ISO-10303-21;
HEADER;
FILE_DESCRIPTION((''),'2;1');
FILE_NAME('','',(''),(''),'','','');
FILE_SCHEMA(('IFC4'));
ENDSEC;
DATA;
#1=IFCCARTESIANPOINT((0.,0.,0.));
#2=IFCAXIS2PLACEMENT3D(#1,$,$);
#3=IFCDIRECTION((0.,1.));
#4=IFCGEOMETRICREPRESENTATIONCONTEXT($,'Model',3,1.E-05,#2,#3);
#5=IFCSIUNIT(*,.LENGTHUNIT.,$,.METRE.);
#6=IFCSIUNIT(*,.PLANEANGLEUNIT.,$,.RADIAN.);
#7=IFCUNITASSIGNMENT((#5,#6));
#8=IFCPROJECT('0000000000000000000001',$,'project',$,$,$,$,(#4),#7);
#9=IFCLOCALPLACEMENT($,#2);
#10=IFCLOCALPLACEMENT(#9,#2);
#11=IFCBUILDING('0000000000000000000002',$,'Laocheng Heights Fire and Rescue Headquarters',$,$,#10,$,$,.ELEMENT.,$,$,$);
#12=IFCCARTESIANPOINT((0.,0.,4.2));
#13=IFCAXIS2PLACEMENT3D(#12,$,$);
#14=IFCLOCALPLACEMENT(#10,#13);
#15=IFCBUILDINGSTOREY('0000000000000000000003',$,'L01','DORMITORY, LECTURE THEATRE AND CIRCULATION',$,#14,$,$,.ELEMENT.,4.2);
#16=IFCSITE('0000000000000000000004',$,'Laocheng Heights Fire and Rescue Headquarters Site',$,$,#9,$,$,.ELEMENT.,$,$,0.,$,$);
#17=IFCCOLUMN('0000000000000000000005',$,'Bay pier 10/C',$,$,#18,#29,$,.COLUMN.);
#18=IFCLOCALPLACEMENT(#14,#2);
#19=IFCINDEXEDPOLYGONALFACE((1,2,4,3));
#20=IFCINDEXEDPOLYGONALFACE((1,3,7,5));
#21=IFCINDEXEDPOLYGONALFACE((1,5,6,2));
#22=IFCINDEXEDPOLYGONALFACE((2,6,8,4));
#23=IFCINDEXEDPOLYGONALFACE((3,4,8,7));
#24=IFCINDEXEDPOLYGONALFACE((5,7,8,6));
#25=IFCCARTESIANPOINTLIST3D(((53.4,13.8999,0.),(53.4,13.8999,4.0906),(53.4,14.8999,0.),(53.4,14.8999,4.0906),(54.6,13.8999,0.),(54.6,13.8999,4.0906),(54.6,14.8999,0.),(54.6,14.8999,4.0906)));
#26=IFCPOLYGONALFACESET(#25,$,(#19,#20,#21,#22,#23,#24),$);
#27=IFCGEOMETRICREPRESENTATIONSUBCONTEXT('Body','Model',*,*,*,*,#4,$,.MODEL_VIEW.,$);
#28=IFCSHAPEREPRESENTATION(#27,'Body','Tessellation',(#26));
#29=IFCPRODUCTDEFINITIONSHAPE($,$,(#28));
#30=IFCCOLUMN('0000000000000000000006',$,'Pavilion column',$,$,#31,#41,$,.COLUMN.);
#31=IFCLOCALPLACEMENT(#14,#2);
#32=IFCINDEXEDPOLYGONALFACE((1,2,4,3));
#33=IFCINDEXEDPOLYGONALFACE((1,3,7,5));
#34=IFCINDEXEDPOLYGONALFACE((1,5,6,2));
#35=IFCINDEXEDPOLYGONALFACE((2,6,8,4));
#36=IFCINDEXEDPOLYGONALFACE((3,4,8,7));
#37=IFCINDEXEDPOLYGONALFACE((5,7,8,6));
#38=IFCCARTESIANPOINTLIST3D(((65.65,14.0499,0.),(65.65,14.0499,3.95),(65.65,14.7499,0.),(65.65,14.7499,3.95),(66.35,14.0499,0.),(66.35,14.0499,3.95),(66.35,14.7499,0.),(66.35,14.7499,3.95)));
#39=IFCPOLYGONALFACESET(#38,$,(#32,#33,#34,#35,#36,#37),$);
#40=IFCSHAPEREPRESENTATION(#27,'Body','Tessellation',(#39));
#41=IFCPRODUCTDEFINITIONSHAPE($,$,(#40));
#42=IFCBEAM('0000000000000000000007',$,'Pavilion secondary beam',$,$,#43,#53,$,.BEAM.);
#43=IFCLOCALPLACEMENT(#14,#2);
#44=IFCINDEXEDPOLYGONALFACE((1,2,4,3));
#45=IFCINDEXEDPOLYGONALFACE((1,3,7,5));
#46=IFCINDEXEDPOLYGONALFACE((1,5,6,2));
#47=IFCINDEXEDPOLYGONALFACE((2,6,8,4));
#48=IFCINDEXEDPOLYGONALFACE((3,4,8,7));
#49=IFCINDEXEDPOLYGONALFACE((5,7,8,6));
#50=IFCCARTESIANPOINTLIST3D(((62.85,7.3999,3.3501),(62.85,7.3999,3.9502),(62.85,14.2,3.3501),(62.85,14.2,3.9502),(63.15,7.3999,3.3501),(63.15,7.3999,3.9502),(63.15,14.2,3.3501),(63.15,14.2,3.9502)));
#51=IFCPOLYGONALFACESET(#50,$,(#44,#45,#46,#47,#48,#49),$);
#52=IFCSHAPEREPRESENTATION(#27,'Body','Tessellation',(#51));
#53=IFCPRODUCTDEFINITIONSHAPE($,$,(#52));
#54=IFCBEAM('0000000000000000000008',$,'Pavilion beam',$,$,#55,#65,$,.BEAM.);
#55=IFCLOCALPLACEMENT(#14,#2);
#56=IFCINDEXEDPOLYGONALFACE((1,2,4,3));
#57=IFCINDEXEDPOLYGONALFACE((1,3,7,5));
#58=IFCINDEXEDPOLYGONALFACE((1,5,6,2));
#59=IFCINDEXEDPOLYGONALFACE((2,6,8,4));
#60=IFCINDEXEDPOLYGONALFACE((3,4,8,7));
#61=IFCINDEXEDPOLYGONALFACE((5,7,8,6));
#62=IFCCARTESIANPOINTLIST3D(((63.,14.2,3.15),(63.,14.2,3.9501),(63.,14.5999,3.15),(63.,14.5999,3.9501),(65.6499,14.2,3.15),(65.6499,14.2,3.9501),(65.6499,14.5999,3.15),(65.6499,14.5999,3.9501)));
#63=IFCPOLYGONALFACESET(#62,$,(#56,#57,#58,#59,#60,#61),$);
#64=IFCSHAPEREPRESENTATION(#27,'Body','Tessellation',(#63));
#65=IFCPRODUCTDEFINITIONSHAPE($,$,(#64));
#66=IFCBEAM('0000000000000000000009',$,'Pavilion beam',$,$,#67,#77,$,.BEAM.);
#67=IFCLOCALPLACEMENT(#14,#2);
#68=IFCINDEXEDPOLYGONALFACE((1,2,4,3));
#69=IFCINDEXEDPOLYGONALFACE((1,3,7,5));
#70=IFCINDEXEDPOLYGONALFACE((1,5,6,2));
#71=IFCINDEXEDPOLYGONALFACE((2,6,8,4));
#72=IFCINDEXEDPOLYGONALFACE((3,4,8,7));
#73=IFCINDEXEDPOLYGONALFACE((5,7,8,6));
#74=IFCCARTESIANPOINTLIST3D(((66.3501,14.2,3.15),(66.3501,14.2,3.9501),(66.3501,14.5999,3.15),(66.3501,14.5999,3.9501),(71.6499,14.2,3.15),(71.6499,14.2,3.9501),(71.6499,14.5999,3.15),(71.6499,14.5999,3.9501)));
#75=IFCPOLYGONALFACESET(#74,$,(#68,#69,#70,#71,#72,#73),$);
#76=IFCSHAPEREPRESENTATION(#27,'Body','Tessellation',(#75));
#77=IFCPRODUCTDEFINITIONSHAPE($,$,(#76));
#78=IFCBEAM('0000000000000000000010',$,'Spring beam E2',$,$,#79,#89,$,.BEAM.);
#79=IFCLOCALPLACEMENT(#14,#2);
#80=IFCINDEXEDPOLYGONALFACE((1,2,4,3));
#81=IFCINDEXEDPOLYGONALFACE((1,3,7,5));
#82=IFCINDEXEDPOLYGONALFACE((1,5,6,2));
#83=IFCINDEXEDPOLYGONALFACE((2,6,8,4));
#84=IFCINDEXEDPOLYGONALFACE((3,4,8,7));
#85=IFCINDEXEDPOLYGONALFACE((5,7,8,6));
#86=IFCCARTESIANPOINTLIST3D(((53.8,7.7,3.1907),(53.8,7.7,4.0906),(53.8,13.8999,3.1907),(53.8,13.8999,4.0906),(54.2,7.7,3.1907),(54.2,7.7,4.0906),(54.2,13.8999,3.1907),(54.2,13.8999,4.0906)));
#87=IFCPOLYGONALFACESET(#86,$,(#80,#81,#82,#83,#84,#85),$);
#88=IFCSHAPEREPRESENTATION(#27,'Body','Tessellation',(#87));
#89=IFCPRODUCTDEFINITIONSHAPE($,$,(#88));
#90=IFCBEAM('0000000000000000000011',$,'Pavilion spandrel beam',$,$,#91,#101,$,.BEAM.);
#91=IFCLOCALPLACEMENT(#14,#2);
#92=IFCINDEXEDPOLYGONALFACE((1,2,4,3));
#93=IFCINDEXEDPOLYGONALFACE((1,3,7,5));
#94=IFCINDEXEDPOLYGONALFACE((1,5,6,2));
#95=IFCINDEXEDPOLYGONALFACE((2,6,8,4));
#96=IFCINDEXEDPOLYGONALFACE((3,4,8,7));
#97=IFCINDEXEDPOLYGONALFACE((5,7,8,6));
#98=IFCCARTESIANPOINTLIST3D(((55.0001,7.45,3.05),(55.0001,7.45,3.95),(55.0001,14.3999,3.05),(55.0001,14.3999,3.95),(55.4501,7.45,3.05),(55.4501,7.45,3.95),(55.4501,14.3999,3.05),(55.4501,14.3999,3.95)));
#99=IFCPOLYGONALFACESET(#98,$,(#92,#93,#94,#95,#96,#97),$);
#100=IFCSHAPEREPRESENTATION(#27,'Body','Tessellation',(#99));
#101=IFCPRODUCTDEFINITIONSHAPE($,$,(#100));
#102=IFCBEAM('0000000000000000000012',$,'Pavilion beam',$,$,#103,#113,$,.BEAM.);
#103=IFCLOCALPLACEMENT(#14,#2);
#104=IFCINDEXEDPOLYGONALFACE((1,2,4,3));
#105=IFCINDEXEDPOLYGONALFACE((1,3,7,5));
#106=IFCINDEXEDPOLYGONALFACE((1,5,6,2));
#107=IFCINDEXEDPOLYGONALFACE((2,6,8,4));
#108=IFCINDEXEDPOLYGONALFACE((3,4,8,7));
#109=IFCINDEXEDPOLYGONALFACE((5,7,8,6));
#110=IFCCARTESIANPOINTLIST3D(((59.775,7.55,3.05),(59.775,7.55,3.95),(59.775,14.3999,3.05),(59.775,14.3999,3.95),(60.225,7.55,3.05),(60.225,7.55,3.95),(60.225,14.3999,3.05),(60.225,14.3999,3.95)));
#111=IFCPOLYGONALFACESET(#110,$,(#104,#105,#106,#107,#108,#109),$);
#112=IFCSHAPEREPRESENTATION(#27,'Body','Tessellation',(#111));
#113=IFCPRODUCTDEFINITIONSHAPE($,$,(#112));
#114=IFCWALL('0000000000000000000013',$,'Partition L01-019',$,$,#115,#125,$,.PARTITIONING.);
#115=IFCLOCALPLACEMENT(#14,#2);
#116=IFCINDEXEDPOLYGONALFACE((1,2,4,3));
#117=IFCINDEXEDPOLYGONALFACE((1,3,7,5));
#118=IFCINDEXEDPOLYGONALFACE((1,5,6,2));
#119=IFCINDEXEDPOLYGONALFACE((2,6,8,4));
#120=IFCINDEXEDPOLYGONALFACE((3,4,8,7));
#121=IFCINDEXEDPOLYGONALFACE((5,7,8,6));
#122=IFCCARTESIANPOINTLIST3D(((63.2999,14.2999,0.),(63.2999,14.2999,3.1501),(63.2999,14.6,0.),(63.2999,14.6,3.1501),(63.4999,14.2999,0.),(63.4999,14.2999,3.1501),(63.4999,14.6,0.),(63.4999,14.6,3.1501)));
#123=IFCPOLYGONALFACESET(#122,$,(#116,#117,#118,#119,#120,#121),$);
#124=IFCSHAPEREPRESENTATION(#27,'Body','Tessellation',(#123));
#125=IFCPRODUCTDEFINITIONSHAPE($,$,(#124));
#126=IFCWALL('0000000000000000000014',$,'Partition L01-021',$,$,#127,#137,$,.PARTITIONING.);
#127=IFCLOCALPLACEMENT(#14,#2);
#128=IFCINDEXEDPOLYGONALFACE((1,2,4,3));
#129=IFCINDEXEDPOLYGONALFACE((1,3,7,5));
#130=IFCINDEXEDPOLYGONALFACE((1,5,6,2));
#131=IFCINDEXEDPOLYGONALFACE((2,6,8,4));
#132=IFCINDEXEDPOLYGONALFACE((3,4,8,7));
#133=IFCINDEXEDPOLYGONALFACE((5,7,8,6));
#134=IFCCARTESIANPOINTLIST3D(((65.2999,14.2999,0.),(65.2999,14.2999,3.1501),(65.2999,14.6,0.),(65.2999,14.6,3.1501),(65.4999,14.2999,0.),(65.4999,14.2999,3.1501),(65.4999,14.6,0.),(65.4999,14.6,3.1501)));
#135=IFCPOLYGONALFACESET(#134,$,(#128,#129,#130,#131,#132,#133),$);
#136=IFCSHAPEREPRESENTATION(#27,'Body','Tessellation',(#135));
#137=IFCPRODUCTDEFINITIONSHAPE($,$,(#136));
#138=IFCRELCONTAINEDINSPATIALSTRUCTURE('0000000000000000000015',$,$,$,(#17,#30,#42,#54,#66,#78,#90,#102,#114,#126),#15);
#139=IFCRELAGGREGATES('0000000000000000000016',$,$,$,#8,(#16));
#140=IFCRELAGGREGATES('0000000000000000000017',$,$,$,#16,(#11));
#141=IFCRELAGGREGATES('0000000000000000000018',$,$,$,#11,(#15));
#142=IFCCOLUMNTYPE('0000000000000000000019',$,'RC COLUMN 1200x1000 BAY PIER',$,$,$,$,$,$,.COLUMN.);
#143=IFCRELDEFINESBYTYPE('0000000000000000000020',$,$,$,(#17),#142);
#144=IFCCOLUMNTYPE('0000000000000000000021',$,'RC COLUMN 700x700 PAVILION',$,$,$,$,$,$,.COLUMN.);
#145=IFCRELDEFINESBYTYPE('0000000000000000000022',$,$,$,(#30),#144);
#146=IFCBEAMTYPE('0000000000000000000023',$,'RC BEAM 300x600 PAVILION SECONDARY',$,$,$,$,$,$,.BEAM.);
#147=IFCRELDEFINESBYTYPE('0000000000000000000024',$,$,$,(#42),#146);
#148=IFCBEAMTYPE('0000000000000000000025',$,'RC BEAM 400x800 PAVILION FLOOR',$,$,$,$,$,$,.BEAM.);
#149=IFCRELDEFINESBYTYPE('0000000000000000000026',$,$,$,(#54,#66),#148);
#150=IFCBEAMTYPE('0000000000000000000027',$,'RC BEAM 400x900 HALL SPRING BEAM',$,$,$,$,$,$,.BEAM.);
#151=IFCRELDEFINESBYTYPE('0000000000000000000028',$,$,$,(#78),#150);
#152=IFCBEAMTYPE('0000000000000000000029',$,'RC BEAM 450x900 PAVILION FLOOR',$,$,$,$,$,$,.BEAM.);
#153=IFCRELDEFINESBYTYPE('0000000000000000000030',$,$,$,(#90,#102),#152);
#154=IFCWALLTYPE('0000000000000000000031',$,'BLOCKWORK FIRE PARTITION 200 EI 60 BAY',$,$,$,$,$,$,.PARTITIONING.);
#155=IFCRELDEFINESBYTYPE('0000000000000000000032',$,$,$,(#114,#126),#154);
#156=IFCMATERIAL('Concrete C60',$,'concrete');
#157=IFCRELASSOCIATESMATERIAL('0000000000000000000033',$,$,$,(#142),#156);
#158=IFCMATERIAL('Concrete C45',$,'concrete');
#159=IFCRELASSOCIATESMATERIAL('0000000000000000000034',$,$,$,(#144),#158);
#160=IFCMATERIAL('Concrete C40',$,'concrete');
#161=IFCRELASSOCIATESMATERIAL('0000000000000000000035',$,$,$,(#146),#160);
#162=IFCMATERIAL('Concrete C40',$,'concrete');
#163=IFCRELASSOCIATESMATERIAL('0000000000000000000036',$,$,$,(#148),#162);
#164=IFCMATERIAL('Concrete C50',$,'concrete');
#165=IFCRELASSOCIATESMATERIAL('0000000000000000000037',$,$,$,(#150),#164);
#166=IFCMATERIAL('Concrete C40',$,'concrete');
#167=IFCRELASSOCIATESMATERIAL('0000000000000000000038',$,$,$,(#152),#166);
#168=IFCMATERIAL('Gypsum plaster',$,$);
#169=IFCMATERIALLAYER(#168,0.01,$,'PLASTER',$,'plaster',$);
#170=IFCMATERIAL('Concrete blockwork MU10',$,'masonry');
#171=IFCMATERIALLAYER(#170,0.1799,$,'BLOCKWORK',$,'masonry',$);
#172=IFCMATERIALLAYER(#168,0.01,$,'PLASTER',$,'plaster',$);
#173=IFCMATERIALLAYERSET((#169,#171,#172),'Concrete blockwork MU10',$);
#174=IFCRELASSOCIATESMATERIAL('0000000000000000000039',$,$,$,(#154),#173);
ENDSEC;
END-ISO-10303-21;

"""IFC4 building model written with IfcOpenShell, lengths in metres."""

from ifc_helpers import new_model, si_unit, direction, frame, frame_2d, origin, origin_2d, place, context, subcontext, project, spatial, rectangle, extrude, material, layer, layer_set, material_profile, profile_set, type_object, element, save


model = new_model("IFC4")

# Units and contexts
model_context = context("Model", 3, precision=1e-05, world=origin(), true_north=direction((0.0, 1.0)))
body_context = subcontext(model_context, "Body", "Model", "MODEL_VIEW")
ifc_project = project(units=[si_unit("LENGTHUNIT", "METRE"), si_unit("PLANEANGLEUNIT", "RADIAN")], contexts=[model_context])

# Site, building, storey
site_placement = place(None, origin())
site = spatial("IfcSite", under=ifc_project, at=site_placement, Name="Laocheng Heights Fire and Rescue Headquarters Site", CompositionType="ELEMENT", RefElevation=0.0)
building_placement = place(site_placement, origin())
building = spatial("IfcBuilding", under=site, at=building_placement, Name="Laocheng Heights Fire and Rescue Headquarters", CompositionType="ELEMENT")
storey_placement = place(building_placement, frame((0.0, 0.0, 4.2)))
storey = spatial("IfcBuildingStorey", under=building, at=storey_placement, Name="L01", Description="DORMITORY, LECTURE THEATRE AND CIRCULATION", CompositionType="ELEMENT", Elevation=4.2)

# Columns
ifc_material_1 = material(Name="Concrete C60", Category="concrete")
ifc_material_profile_1 = material_profile(ifc_material_1, rectangle(XDim=1.2, YDim=1.0, at=origin_2d()), Name="RC COLUMN 1200x1000 BAY PIER")
ifc_profile_set_1 = profile_set([ifc_material_profile_1], Name="Concrete C60")
column_type_1 = type_object("IfcColumnType", Name="RC COLUMN 1200x1000 BAY PIER", PredefinedType="COLUMN", material=ifc_profile_set_1)
column_1_placement = place(storey_placement, frame((54.0, 14.3999, 0.0), z_axis=(0.0, 0.0, 1.0), x_axis=(1.0, 0.0, 0.0)))
element("IfcColumn", 1, at=column_1_placement, inside=storey, type_object=column_type_1, Name="Bay pier 10/C", PredefinedType="COLUMN", context=body_context, shape_type="SweptSolid", body=[
    extrude(rectangle(XDim=1.2, YDim=1.0, at=origin_2d()), origin(), (0.0, 0.0, 1.0), 4.0906),
])
ifc_material_2 = material(Name="Concrete C45", Category="concrete")
ifc_material_profile_2 = material_profile(ifc_material_2, rectangle(XDim=0.7, YDim=0.7, at=origin_2d()), Name="RC COLUMN 700x700 PAVILION")
ifc_profile_set_2 = profile_set([ifc_material_profile_2], Name="Concrete C45")
column_type_2 = type_object("IfcColumnType", Name="RC COLUMN 700x700 PAVILION", PredefinedType="COLUMN", material=ifc_profile_set_2)
column_2_placement = place(storey_placement, frame((66.0, 14.3999, 0.0), z_axis=(0.0, 0.0, 1.0), x_axis=(1.0, 0.0, 0.0)))
element("IfcColumn", 2, at=column_2_placement, inside=storey, type_object=column_type_2, Name="Pavilion column", PredefinedType="COLUMN", context=body_context, shape_type="SweptSolid", body=[
    extrude(rectangle(XDim=0.7, YDim=0.7, at=origin_2d()), origin(), (0.0, 0.0, 1.0), 3.95),
])

# Beams
ifc_material_3 = material(Name="Concrete C40", Category="concrete")
ifc_material_profile_3 = material_profile(ifc_material_3, rectangle(XDim=0.3, YDim=0.6001, at=origin_2d()), Name="RC BEAM 300x600 PAVILION SECONDARY")
ifc_profile_set_3 = profile_set([ifc_material_profile_3], Name="Concrete C40")
beam_type_1 = type_object("IfcBeamType", Name="RC BEAM 300x600 PAVILION SECONDARY", PredefinedType="BEAM", material=ifc_profile_set_3)
beam_1_placement = place(storey_placement, frame((63.0, 7.3999, 3.6501), z_axis=(0.0, 1.0, 0.0), x_axis=(-1.0, 0.0, 0.0)))
element("IfcBeam", 3, at=beam_1_placement, inside=storey, type_object=beam_type_1, Name="Pavilion secondary beam", PredefinedType="BEAM", context=body_context, shape_type="SweptSolid", body=[
    extrude(rectangle(XDim=0.3, YDim=0.6001, at=origin_2d()), origin(), (0.0, 0.0, 1.0), 6.8),
])
ifc_material_4 = material(Name="Concrete C40", Category="concrete")
ifc_material_profile_4 = material_profile(ifc_material_4, rectangle(XDim=0.3999, YDim=0.8, at=origin_2d()), Name="RC BEAM 400x800 PAVILION FLOOR")
ifc_profile_set_4 = profile_set([ifc_material_profile_4], Name="Concrete C40")
beam_type_2 = type_object("IfcBeamType", Name="RC BEAM 400x800 PAVILION FLOOR", PredefinedType="BEAM", material=ifc_profile_set_4)
beam_2_placement = place(storey_placement, frame((63.0, 14.3999, 3.55), z_axis=(1.0, 0.0, 0.0), x_axis=(0.0, 1.0, 0.0)))
element("IfcBeam", 4, at=beam_2_placement, inside=storey, type_object=beam_type_2, Name="Pavilion beam", PredefinedType="BEAM", context=body_context, shape_type="SweptSolid", body=[
    extrude(rectangle(XDim=0.3999, YDim=0.8, at=origin_2d()), origin(), (0.0, 0.0, 1.0), 2.6499),
])
beam_3_placement = place(storey_placement, frame((66.3501, 14.3999, 3.55), z_axis=(1.0, 0.0, 0.0), x_axis=(0.0, 1.0, 0.0)))
element("IfcBeam", 5, at=beam_3_placement, inside=storey, type_object=beam_type_2, Name="Pavilion beam", PredefinedType="BEAM", context=body_context, shape_type="SweptSolid", body=[
    extrude(rectangle(XDim=0.3999, YDim=0.8, at=origin_2d()), origin(), (0.0, 0.0, 1.0), 5.2998),
])
ifc_material_5 = material(Name="Concrete C50", Category="concrete")
ifc_material_profile_5 = material_profile(ifc_material_5, rectangle(XDim=0.3999, YDim=0.8999, at=origin_2d()), Name="RC BEAM 400x900 HALL SPRING BEAM")
ifc_profile_set_5 = profile_set([ifc_material_profile_5], Name="Concrete C50")
beam_type_3 = type_object("IfcBeamType", Name="RC BEAM 400x900 HALL SPRING BEAM", PredefinedType="BEAM", material=ifc_profile_set_5)
beam_4_placement = place(storey_placement, frame((54.0, 7.7, 3.6406), z_axis=(0.0, 1.0, 0.0), x_axis=(-1.0, 0.0, 0.0)))
element("IfcBeam", 6, at=beam_4_placement, inside=storey, type_object=beam_type_3, Name="Spring beam E2", PredefinedType="BEAM", context=body_context, shape_type="SweptSolid", body=[
    extrude(rectangle(XDim=0.3999, YDim=0.8999, at=origin_2d()), origin(), (0.0, 0.0, 1.0), 6.2),
])
ifc_material_6 = material(Name="Concrete C40", Category="concrete")
ifc_material_profile_6 = material_profile(ifc_material_6, rectangle(XDim=0.45, YDim=0.8999, at=origin_2d()), Name="RC BEAM 450x900 PAVILION FLOOR")
ifc_profile_set_6 = profile_set([ifc_material_profile_6], Name="Concrete C40")
beam_type_4 = type_object("IfcBeamType", Name="RC BEAM 450x900 PAVILION FLOOR", PredefinedType="BEAM", material=ifc_profile_set_6)
beam_5_placement = place(storey_placement, frame((55.2251, 7.45, 3.5), z_axis=(0.0, 1.0, 0.0), x_axis=(-1.0, 0.0, 0.0)))
element("IfcBeam", 7, at=beam_5_placement, inside=storey, type_object=beam_type_4, Name="Pavilion spandrel beam", PredefinedType="BEAM", context=body_context, shape_type="SweptSolid", body=[
    extrude(rectangle(XDim=0.45, YDim=0.8999, at=origin_2d()), origin(), (0.0, 0.0, 1.0), 6.95),
])
beam_6_placement = place(storey_placement, frame((60.0, 7.55, 3.5), z_axis=(0.0, 1.0, 0.0), x_axis=(-1.0, 0.0, 0.0)))
element("IfcBeam", 8, at=beam_6_placement, inside=storey, type_object=beam_type_4, Name="Pavilion beam", PredefinedType="BEAM", context=body_context, shape_type="SweptSolid", body=[
    extrude(rectangle(XDim=0.45, YDim=0.8999, at=origin_2d()), origin(), (0.0, 0.0, 1.0), 6.8499),
])

# Walls
ifc_material_7 = material(Name="Gypsum plaster")
ifc_layer_1 = layer(ifc_material_7, 0.01, Name="PLASTER", Category="plaster")
ifc_material_8 = material(Name="Concrete blockwork MU10", Category="masonry")
ifc_layer_2 = layer(ifc_material_8, 0.1799, Name="BLOCKWORK", Category="masonry")
ifc_layer_3 = layer(ifc_material_7, 0.01, Name="PLASTER", Category="plaster")
ifc_layer_set_1 = layer_set([ifc_layer_1, ifc_layer_2, ifc_layer_3], Name="Concrete blockwork MU10")
wall_type_1 = type_object("IfcWallType", Name="BLOCKWORK FIRE PARTITION 200 EI 60 BAY", PredefinedType="PARTITIONING", material=ifc_layer_set_1)
for number, where, z_axis, x_axis, name in (
    (9, (63.3999, 14.3, 0.0), (0.0, 0.0, 1.0), (0.0, 1.0, 0.0), "Partition L01-019"),
    (10, (65.3999, 14.3, 0.0), (0.0, 0.0, 1.0), (0.0, 1.0, 0.0), "Partition L01-021"),
):
    element("IfcWall", number, at=place(storey_placement, frame(where, z_axis=z_axis, x_axis=x_axis)), inside=storey, type_object=wall_type_1, Name=name, PredefinedType="PARTITIONING", context=body_context, shape_type="SweptSolid", body=[
        extrude(rectangle(XDim=0.3, YDim=0.2, at=frame_2d((0.1499, 0.0))), origin(), (0.0, 0.0, 1.0), 3.1501),
    ])

save(model, "model.ifc")
